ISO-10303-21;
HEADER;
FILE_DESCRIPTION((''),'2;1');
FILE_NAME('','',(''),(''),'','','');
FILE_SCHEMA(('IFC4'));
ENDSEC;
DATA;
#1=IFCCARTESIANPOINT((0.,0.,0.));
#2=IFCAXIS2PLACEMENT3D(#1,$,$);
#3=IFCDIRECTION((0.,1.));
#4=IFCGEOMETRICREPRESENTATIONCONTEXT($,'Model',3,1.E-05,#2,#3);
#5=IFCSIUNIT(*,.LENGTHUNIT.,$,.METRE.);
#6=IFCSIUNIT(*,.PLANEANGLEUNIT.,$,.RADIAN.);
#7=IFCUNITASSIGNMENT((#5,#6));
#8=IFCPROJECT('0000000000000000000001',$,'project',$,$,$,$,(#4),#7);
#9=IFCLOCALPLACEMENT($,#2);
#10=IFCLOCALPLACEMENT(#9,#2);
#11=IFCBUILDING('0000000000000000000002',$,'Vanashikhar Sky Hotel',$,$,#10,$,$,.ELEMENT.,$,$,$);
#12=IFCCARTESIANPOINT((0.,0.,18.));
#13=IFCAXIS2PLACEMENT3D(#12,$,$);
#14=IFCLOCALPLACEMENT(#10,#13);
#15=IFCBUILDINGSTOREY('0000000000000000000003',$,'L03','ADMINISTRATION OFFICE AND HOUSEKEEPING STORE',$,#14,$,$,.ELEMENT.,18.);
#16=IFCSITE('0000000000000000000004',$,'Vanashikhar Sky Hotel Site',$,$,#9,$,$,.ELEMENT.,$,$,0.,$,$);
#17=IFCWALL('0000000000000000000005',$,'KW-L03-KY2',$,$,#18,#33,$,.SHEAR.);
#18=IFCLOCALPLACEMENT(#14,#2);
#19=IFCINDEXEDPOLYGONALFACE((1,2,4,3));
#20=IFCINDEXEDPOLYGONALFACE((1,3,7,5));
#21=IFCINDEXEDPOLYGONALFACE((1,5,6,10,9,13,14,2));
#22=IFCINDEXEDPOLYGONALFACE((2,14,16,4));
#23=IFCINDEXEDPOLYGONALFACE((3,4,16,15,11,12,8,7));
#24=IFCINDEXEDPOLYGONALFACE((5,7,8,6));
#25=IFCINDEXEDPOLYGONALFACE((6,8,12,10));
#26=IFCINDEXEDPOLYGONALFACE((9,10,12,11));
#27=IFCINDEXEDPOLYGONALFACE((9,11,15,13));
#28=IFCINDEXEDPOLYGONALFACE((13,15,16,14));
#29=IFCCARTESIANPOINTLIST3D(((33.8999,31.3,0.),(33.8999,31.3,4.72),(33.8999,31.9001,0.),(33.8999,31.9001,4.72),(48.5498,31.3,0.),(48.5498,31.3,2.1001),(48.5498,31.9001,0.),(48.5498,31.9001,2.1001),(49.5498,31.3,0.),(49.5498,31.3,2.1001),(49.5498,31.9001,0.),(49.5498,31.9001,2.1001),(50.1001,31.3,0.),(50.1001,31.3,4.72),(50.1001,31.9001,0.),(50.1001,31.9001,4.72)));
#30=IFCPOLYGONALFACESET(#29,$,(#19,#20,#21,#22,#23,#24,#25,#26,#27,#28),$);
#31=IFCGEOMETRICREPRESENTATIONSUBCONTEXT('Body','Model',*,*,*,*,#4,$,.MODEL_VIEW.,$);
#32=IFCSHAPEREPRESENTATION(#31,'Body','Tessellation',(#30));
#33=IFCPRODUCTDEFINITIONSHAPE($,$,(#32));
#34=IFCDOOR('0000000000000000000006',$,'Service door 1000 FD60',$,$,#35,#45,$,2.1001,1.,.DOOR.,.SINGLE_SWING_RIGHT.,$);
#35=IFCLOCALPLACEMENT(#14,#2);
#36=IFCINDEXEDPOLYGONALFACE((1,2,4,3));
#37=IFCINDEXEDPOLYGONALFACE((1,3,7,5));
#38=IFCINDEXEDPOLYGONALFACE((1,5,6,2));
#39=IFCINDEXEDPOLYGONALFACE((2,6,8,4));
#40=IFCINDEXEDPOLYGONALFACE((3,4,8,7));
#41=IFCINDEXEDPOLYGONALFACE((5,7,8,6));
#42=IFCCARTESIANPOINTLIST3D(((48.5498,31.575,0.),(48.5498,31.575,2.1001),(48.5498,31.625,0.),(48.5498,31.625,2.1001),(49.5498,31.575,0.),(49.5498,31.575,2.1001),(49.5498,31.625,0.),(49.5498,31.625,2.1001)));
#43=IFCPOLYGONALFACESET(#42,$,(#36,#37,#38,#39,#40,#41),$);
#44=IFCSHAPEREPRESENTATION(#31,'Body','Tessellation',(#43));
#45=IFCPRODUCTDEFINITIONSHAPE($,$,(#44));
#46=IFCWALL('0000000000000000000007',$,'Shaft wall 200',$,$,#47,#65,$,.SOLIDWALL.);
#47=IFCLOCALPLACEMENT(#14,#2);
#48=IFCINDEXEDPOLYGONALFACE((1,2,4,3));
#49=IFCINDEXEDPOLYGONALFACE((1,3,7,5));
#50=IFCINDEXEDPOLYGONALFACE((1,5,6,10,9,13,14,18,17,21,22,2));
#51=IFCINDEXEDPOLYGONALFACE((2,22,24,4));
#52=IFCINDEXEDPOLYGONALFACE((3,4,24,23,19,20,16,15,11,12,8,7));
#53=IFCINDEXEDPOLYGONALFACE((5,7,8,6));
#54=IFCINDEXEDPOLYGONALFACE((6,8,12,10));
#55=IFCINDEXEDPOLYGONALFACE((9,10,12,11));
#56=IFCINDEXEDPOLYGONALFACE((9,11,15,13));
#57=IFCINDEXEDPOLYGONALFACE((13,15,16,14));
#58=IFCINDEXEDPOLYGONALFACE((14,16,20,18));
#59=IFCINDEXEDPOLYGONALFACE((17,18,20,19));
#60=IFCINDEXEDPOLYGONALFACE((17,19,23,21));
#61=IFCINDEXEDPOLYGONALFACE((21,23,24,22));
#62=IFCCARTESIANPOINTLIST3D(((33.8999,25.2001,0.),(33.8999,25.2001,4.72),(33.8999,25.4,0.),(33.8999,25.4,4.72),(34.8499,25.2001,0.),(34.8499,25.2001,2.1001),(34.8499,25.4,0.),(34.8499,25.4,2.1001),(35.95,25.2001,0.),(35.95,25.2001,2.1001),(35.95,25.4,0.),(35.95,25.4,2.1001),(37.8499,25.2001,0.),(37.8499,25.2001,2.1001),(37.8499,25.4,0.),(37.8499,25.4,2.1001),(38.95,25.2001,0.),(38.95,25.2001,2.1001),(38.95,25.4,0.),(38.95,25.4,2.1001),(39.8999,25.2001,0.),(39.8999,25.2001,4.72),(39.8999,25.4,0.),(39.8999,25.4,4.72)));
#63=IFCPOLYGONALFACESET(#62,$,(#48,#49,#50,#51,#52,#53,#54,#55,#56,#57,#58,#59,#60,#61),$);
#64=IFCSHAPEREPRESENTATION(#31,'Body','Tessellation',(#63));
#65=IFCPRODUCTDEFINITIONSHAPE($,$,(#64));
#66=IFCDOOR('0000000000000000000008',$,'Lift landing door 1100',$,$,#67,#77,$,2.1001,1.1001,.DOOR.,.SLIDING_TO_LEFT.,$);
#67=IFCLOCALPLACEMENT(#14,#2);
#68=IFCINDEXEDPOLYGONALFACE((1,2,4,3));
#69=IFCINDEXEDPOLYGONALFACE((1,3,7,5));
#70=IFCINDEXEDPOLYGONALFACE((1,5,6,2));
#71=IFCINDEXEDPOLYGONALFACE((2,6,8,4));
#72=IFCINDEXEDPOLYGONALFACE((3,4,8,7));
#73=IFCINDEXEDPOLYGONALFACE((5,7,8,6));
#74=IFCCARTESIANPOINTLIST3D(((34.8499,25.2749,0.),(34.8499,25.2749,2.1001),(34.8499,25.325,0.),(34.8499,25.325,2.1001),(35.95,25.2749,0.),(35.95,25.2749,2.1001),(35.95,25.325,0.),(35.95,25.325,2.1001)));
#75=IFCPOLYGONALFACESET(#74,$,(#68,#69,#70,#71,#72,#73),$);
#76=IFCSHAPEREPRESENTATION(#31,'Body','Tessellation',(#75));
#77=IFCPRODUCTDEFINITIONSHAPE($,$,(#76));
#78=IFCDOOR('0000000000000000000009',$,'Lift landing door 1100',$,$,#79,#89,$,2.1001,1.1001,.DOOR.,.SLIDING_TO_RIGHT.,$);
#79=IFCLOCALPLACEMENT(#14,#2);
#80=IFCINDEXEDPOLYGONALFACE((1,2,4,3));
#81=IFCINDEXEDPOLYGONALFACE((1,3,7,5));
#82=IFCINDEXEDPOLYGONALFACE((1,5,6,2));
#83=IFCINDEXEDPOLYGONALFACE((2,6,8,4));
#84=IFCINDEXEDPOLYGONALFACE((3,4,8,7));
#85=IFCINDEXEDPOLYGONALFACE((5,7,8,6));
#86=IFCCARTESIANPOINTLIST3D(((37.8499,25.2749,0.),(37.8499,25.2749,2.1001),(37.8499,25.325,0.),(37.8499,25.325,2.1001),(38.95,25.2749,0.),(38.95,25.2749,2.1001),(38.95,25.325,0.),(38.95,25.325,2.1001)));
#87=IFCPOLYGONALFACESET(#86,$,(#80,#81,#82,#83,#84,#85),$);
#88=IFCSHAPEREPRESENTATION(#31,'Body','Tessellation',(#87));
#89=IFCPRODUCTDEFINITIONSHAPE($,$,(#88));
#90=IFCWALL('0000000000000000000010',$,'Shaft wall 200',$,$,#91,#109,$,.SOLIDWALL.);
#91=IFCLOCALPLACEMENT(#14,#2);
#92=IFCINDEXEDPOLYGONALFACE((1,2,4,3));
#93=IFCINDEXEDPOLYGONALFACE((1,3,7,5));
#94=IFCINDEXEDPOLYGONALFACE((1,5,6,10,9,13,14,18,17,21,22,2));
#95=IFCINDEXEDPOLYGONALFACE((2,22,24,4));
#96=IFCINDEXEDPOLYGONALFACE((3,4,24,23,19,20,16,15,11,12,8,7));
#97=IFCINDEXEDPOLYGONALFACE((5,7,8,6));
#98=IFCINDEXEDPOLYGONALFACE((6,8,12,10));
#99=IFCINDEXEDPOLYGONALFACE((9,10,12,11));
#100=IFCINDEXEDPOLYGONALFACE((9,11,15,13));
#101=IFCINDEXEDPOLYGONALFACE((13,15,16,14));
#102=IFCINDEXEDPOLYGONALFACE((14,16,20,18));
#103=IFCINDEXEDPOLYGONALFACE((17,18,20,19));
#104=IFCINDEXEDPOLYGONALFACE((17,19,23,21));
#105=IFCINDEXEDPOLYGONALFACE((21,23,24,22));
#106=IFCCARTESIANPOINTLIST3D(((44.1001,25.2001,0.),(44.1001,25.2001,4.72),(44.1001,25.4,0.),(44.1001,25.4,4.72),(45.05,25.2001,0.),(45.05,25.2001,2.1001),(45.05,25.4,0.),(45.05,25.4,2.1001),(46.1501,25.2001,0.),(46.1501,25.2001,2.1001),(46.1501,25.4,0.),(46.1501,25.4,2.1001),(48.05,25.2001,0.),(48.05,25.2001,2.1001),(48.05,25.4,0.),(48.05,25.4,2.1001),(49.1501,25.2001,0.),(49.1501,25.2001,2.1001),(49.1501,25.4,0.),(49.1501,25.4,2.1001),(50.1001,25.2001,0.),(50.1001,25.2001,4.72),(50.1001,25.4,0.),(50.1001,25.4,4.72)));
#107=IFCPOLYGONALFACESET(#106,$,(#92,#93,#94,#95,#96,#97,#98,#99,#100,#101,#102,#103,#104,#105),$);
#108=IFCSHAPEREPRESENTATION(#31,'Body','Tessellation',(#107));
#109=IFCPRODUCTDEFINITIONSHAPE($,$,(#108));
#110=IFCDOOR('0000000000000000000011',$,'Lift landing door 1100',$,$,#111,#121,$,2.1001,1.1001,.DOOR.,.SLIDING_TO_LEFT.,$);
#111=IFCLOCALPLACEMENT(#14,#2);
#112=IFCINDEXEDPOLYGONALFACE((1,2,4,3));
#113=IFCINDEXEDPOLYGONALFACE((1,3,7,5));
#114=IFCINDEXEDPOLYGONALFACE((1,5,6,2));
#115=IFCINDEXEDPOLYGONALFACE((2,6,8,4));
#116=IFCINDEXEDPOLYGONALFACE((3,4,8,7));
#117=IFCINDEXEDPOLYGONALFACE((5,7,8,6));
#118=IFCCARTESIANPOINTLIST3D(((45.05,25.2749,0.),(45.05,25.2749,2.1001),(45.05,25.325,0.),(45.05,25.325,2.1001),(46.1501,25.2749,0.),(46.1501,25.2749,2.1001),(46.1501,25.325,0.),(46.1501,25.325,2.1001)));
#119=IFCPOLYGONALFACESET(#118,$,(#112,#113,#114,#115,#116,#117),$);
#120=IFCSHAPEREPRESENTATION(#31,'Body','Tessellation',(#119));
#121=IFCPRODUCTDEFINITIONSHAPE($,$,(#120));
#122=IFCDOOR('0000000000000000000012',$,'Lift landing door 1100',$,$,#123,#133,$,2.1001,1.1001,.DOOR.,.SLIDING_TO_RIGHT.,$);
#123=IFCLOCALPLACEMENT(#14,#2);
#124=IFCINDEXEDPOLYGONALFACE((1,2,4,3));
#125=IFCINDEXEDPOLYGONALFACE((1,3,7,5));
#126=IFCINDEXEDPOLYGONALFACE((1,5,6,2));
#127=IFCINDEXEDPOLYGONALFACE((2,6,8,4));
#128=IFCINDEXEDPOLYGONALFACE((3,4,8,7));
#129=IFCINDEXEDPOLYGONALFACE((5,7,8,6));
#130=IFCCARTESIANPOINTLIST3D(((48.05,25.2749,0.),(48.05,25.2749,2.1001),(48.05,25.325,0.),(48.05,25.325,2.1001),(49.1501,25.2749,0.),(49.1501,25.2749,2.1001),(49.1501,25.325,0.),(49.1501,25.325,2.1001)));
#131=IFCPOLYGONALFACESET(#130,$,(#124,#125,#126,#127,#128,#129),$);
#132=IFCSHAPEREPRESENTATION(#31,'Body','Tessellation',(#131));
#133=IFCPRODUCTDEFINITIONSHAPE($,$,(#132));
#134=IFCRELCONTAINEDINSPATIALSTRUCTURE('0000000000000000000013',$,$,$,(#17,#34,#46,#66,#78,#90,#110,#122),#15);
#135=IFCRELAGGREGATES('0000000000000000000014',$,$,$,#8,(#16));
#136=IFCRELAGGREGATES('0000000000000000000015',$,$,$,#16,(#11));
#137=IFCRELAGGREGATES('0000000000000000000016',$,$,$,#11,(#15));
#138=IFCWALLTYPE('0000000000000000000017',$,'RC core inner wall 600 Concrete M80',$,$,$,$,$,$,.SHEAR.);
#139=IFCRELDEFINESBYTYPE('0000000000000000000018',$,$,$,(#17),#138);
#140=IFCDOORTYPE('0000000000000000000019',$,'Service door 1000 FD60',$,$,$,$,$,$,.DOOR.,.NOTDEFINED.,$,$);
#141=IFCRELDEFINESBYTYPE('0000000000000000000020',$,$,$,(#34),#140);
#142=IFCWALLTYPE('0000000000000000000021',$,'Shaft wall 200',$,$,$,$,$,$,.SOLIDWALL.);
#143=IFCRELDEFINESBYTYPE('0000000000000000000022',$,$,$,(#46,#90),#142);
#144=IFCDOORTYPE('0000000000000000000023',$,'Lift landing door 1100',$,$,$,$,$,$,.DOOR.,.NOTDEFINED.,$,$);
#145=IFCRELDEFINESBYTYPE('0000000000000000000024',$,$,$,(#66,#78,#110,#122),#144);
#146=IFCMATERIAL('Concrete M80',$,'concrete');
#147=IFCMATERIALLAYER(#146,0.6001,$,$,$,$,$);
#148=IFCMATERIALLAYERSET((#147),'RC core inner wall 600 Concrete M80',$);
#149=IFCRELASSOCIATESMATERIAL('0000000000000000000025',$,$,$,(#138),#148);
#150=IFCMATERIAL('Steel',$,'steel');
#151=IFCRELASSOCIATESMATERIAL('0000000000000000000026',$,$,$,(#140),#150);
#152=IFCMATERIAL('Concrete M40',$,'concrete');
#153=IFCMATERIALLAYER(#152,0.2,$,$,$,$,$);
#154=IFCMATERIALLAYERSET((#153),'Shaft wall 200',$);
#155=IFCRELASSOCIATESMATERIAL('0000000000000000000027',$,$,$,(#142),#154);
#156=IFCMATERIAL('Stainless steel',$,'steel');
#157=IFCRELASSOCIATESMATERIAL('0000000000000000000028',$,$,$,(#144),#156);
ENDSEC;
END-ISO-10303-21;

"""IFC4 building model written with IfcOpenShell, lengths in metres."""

from ifc_helpers import new_model, si_unit, direction, frame, frame_2d, origin, place, context, subcontext, project, spatial, rectangle, extrude, source, transform, mapped, material, layer, layer_set, type_object, element, fill, save


model = new_model("IFC4")

# Units and contexts
model_context = context("Model", 3, precision=1e-05, world=origin(), true_north=direction((0.0, 1.0)))
body_context = subcontext(model_context, "Body", "Model", "MODEL_VIEW")
ifc_project = project(units=[si_unit("LENGTHUNIT", "METRE"), si_unit("PLANEANGLEUNIT", "RADIAN")], contexts=[model_context])

# Site, building, storey
site_placement = place(None, origin())
site = spatial("IfcSite", under=ifc_project, at=site_placement, Name="Vanashikhar Sky Hotel Site", CompositionType="ELEMENT", RefElevation=0.0)
building_placement = place(site_placement, origin())
building = spatial("IfcBuilding", under=site, at=building_placement, Name="Vanashikhar Sky Hotel", CompositionType="ELEMENT")
storey_placement = place(building_placement, frame((0.0, 0.0, 18.0)))
storey = spatial("IfcBuildingStorey", under=building, at=storey_placement, Name="L03", Description="ADMINISTRATION OFFICE AND HOUSEKEEPING STORE", CompositionType="ELEMENT", Elevation=18.0)

# Wall, opening, door
ifc_material_1 = material(Name="Concrete M80", Category="concrete")
ifc_layer_1 = layer(ifc_material_1, 0.6001)
ifc_layer_set_1 = layer_set([ifc_layer_1], Name="RC core inner wall 600 Concrete M80")
wall_type_1 = type_object("IfcWallType", Name="RC core inner wall 600 Concrete M80", PredefinedType="SHEAR", material=ifc_layer_set_1)
shared_shape_1 = source(origin(), body_context, "Body", "SweptSolid", [
    extrude(rectangle(XDim=16.2002, YDim=0.6001, at=frame_2d((8.1001, 0.0))), origin(), (0.0, 0.0, 1.0), 4.72),
])
wall_1_placement = place(storey_placement, frame((33.8999, 31.6001, 0.0), z_axis=(0.0, 0.0, 1.0), x_axis=(1.0, 0.0, 0.0)))
wall_1 = element("IfcWall", 1, at=wall_1_placement, inside=storey, type_object=wall_type_1, Name="KW-L03-KY2", PredefinedType="SHEAR", context=body_context, shape_type="MappedRepresentation", body=[
    mapped(shared_shape_1, transform((0.0, 0.0, 0.0), scale=1.0)),
])
shared_shape_2 = source(origin(), body_context, "Body", "SweptSolid", [
    extrude(rectangle(XDim=1.0, YDim=2.1001, at=frame_2d((0.5, 1.05))), frame((0.0, 0.3101, 0.0), z_axis=(0.0, -1.0, 0.0), x_axis=(1.0, 0.0, 0.0)), (0.0, 0.0, 1.0), 0.6201),
])
opening_1_placement = place(wall_1_placement, frame((14.6499, 0.0, 0.0)))
opening_1 = element("IfcOpeningElement", 2, at=opening_1_placement, cuts=wall_1, PredefinedType="OPENING", context=body_context, shape_type="MappedRepresentation", body=[
    mapped(shared_shape_2, transform((0.0, 0.0, 0.0), scale=1.0)),
])
ifc_material_2 = material(Name="Steel", Category="steel")
door_type_1 = type_object("IfcDoorType", Name="Service door 1000 FD60", OperationType="NOTDEFINED", PredefinedType="DOOR", material=ifc_material_2)
shared_shape_3 = source(origin(), body_context, "Body", "SweptSolid", [
    extrude(rectangle(XDim=1.0, YDim=2.1001, at=frame_2d((0.5, 1.05))), frame((0.0, 0.0249, 0.0), z_axis=(0.0, -1.0, 0.0), x_axis=(1.0, 0.0, 0.0)), (0.0, 0.0, 1.0), 0.05),
])
door_1_placement = place(opening_1_placement, origin())
door_1 = element("IfcDoor", 3, at=door_1_placement, inside=storey, type_object=door_type_1, Name="Service door 1000 FD60", OperationType="SINGLE_SWING_RIGHT", OverallHeight=2.1001, OverallWidth=1.0, PredefinedType="DOOR", context=body_context, shape_type="MappedRepresentation", body=[
    mapped(shared_shape_3, transform((0.0, 0.0, 0.0), scale=1.0)),
])
fill(opening_1, door_1)

# Walls, openings, doors
ifc_material_3 = material(Name="Concrete M40", Category="concrete")
ifc_layer_2 = layer(ifc_material_3, 0.2)
ifc_layer_set_2 = layer_set([ifc_layer_2], Name="Shaft wall 200")
wall_type_2 = type_object("IfcWallType", Name="Shaft wall 200", PredefinedType="SOLIDWALL", material=ifc_layer_set_2)
shared_shape_4 = source(origin(), body_context, "Body", "SweptSolid", [
    extrude(rectangle(XDim=6.0, YDim=0.2, at=frame_2d((3.0, 0.0))), origin(), (0.0, 0.0, 1.0), 4.72),
])
wall_2_placement = place(storey_placement, frame((33.8999, 25.3, 0.0), z_axis=(0.0, 0.0, 1.0), x_axis=(1.0, 0.0, 0.0)))
wall_2 = element("IfcWall", 4, at=wall_2_placement, inside=storey, type_object=wall_type_2, Name="Shaft wall 200", PredefinedType="SOLIDWALL", context=body_context, shape_type="MappedRepresentation", body=[
    mapped(shared_shape_4, transform((0.0, 0.0, 0.0), scale=1.0)),
])
shared_shape_5 = source(origin(), body_context, "Body", "SweptSolid", [
    extrude(rectangle(XDim=1.1001, YDim=2.1001, at=frame_2d((0.55, 1.05))), frame((0.0, 0.1099, 0.0), z_axis=(0.0, -1.0, 0.0), x_axis=(1.0, 0.0, 0.0)), (0.0, 0.0, 1.0), 0.22),
])
opening_2_placement = place(wall_2_placement, frame((0.95, 0.0, 0.0)))
opening_2 = element("IfcOpeningElement", 5, at=opening_2_placement, cuts=wall_2, PredefinedType="OPENING", context=body_context, shape_type="MappedRepresentation", body=[
    mapped(shared_shape_5, transform((0.0, 0.0, 0.0), scale=1.0)),
])
opening_3_placement = place(wall_2_placement, frame((3.95, 0.0, 0.0)))
opening_3 = element("IfcOpeningElement", 6, at=opening_3_placement, cuts=wall_2, PredefinedType="OPENING", context=body_context, shape_type="MappedRepresentation", body=[
    mapped(shared_shape_5, transform((0.0, 0.0, 0.0), scale=1.0)),
])
ifc_material_4 = material(Name="Stainless steel", Category="steel")
door_type_2 = type_object("IfcDoorType", Name="Lift landing door 1100", OperationType="NOTDEFINED", PredefinedType="DOOR", material=ifc_material_4)
shared_shape_6 = source(origin(), body_context, "Body", "SweptSolid", [
    extrude(rectangle(XDim=1.1001, YDim=2.1001, at=frame_2d((0.55, 1.05))), frame((0.0, 0.0249, 0.0), z_axis=(0.0, -1.0, 0.0), x_axis=(1.0, 0.0, 0.0)), (0.0, 0.0, 1.0), 0.05),
])
door_2_placement = place(opening_2_placement, origin())
door_2 = element("IfcDoor", 7, at=door_2_placement, inside=storey, type_object=door_type_2, Name="Lift landing door 1100", OperationType="SLIDING_TO_LEFT", OverallHeight=2.1001, OverallWidth=1.1001, PredefinedType="DOOR", context=body_context, shape_type="MappedRepresentation", body=[
    mapped(shared_shape_6, transform((0.0, 0.0, 0.0), scale=1.0)),
])
fill(opening_2, door_2)
door_3_placement = place(opening_3_placement, origin())
door_3 = element("IfcDoor", 8, at=door_3_placement, inside=storey, type_object=door_type_2, Name="Lift landing door 1100", OperationType="SLIDING_TO_RIGHT", OverallHeight=2.1001, OverallWidth=1.1001, PredefinedType="DOOR", context=body_context, shape_type="MappedRepresentation", body=[
    mapped(shared_shape_6, transform((0.0, 0.0, 0.0), scale=1.0)),
])
fill(opening_3, door_3)
wall_3_placement = place(storey_placement, frame((44.1001, 25.3, 0.0), z_axis=(0.0, 0.0, 1.0), x_axis=(1.0, 0.0, 0.0)))
wall_3 = element("IfcWall", 9, at=wall_3_placement, inside=storey, type_object=wall_type_2, Name="Shaft wall 200", PredefinedType="SOLIDWALL", context=body_context, shape_type="MappedRepresentation", body=[
    mapped(shared_shape_4, transform((0.0, 0.0, 0.0), scale=1.0)),
])
opening_4_placement = place(wall_3_placement, frame((0.95, 0.0, 0.0)))
opening_4 = element("IfcOpeningElement", 10, at=opening_4_placement, cuts=wall_3, PredefinedType="OPENING", context=body_context, shape_type="MappedRepresentation", body=[
    mapped(shared_shape_5, transform((0.0, 0.0, 0.0), scale=1.0)),
])
opening_5_placement = place(wall_3_placement, frame((3.95, 0.0, 0.0)))
opening_5 = element("IfcOpeningElement", 11, at=opening_5_placement, cuts=wall_3, PredefinedType="OPENING", context=body_context, shape_type="MappedRepresentation", body=[
    mapped(shared_shape_5, transform((0.0, 0.0, 0.0), scale=1.0)),
])
door_4_placement = place(opening_4_placement, origin())
door_4 = element("IfcDoor", 12, at=door_4_placement, inside=storey, type_object=door_type_2, Name="Lift landing door 1100", OperationType="SLIDING_TO_LEFT", OverallHeight=2.1001, OverallWidth=1.1001, PredefinedType="DOOR", context=body_context, shape_type="MappedRepresentation", body=[
    mapped(shared_shape_6, transform((0.0, 0.0, 0.0), scale=1.0)),
])
fill(opening_4, door_4)
door_5_placement = place(opening_5_placement, origin())
door_5 = element("IfcDoor", 13, at=door_5_placement, inside=storey, type_object=door_type_2, Name="Lift landing door 1100", OperationType="SLIDING_TO_RIGHT", OverallHeight=2.1001, OverallWidth=1.1001, PredefinedType="DOOR", context=body_context, shape_type="MappedRepresentation", body=[
    mapped(shared_shape_6, transform((0.0, 0.0, 0.0), scale=1.0)),
])
fill(opening_5, door_5)

save(model, "model.ifc")
